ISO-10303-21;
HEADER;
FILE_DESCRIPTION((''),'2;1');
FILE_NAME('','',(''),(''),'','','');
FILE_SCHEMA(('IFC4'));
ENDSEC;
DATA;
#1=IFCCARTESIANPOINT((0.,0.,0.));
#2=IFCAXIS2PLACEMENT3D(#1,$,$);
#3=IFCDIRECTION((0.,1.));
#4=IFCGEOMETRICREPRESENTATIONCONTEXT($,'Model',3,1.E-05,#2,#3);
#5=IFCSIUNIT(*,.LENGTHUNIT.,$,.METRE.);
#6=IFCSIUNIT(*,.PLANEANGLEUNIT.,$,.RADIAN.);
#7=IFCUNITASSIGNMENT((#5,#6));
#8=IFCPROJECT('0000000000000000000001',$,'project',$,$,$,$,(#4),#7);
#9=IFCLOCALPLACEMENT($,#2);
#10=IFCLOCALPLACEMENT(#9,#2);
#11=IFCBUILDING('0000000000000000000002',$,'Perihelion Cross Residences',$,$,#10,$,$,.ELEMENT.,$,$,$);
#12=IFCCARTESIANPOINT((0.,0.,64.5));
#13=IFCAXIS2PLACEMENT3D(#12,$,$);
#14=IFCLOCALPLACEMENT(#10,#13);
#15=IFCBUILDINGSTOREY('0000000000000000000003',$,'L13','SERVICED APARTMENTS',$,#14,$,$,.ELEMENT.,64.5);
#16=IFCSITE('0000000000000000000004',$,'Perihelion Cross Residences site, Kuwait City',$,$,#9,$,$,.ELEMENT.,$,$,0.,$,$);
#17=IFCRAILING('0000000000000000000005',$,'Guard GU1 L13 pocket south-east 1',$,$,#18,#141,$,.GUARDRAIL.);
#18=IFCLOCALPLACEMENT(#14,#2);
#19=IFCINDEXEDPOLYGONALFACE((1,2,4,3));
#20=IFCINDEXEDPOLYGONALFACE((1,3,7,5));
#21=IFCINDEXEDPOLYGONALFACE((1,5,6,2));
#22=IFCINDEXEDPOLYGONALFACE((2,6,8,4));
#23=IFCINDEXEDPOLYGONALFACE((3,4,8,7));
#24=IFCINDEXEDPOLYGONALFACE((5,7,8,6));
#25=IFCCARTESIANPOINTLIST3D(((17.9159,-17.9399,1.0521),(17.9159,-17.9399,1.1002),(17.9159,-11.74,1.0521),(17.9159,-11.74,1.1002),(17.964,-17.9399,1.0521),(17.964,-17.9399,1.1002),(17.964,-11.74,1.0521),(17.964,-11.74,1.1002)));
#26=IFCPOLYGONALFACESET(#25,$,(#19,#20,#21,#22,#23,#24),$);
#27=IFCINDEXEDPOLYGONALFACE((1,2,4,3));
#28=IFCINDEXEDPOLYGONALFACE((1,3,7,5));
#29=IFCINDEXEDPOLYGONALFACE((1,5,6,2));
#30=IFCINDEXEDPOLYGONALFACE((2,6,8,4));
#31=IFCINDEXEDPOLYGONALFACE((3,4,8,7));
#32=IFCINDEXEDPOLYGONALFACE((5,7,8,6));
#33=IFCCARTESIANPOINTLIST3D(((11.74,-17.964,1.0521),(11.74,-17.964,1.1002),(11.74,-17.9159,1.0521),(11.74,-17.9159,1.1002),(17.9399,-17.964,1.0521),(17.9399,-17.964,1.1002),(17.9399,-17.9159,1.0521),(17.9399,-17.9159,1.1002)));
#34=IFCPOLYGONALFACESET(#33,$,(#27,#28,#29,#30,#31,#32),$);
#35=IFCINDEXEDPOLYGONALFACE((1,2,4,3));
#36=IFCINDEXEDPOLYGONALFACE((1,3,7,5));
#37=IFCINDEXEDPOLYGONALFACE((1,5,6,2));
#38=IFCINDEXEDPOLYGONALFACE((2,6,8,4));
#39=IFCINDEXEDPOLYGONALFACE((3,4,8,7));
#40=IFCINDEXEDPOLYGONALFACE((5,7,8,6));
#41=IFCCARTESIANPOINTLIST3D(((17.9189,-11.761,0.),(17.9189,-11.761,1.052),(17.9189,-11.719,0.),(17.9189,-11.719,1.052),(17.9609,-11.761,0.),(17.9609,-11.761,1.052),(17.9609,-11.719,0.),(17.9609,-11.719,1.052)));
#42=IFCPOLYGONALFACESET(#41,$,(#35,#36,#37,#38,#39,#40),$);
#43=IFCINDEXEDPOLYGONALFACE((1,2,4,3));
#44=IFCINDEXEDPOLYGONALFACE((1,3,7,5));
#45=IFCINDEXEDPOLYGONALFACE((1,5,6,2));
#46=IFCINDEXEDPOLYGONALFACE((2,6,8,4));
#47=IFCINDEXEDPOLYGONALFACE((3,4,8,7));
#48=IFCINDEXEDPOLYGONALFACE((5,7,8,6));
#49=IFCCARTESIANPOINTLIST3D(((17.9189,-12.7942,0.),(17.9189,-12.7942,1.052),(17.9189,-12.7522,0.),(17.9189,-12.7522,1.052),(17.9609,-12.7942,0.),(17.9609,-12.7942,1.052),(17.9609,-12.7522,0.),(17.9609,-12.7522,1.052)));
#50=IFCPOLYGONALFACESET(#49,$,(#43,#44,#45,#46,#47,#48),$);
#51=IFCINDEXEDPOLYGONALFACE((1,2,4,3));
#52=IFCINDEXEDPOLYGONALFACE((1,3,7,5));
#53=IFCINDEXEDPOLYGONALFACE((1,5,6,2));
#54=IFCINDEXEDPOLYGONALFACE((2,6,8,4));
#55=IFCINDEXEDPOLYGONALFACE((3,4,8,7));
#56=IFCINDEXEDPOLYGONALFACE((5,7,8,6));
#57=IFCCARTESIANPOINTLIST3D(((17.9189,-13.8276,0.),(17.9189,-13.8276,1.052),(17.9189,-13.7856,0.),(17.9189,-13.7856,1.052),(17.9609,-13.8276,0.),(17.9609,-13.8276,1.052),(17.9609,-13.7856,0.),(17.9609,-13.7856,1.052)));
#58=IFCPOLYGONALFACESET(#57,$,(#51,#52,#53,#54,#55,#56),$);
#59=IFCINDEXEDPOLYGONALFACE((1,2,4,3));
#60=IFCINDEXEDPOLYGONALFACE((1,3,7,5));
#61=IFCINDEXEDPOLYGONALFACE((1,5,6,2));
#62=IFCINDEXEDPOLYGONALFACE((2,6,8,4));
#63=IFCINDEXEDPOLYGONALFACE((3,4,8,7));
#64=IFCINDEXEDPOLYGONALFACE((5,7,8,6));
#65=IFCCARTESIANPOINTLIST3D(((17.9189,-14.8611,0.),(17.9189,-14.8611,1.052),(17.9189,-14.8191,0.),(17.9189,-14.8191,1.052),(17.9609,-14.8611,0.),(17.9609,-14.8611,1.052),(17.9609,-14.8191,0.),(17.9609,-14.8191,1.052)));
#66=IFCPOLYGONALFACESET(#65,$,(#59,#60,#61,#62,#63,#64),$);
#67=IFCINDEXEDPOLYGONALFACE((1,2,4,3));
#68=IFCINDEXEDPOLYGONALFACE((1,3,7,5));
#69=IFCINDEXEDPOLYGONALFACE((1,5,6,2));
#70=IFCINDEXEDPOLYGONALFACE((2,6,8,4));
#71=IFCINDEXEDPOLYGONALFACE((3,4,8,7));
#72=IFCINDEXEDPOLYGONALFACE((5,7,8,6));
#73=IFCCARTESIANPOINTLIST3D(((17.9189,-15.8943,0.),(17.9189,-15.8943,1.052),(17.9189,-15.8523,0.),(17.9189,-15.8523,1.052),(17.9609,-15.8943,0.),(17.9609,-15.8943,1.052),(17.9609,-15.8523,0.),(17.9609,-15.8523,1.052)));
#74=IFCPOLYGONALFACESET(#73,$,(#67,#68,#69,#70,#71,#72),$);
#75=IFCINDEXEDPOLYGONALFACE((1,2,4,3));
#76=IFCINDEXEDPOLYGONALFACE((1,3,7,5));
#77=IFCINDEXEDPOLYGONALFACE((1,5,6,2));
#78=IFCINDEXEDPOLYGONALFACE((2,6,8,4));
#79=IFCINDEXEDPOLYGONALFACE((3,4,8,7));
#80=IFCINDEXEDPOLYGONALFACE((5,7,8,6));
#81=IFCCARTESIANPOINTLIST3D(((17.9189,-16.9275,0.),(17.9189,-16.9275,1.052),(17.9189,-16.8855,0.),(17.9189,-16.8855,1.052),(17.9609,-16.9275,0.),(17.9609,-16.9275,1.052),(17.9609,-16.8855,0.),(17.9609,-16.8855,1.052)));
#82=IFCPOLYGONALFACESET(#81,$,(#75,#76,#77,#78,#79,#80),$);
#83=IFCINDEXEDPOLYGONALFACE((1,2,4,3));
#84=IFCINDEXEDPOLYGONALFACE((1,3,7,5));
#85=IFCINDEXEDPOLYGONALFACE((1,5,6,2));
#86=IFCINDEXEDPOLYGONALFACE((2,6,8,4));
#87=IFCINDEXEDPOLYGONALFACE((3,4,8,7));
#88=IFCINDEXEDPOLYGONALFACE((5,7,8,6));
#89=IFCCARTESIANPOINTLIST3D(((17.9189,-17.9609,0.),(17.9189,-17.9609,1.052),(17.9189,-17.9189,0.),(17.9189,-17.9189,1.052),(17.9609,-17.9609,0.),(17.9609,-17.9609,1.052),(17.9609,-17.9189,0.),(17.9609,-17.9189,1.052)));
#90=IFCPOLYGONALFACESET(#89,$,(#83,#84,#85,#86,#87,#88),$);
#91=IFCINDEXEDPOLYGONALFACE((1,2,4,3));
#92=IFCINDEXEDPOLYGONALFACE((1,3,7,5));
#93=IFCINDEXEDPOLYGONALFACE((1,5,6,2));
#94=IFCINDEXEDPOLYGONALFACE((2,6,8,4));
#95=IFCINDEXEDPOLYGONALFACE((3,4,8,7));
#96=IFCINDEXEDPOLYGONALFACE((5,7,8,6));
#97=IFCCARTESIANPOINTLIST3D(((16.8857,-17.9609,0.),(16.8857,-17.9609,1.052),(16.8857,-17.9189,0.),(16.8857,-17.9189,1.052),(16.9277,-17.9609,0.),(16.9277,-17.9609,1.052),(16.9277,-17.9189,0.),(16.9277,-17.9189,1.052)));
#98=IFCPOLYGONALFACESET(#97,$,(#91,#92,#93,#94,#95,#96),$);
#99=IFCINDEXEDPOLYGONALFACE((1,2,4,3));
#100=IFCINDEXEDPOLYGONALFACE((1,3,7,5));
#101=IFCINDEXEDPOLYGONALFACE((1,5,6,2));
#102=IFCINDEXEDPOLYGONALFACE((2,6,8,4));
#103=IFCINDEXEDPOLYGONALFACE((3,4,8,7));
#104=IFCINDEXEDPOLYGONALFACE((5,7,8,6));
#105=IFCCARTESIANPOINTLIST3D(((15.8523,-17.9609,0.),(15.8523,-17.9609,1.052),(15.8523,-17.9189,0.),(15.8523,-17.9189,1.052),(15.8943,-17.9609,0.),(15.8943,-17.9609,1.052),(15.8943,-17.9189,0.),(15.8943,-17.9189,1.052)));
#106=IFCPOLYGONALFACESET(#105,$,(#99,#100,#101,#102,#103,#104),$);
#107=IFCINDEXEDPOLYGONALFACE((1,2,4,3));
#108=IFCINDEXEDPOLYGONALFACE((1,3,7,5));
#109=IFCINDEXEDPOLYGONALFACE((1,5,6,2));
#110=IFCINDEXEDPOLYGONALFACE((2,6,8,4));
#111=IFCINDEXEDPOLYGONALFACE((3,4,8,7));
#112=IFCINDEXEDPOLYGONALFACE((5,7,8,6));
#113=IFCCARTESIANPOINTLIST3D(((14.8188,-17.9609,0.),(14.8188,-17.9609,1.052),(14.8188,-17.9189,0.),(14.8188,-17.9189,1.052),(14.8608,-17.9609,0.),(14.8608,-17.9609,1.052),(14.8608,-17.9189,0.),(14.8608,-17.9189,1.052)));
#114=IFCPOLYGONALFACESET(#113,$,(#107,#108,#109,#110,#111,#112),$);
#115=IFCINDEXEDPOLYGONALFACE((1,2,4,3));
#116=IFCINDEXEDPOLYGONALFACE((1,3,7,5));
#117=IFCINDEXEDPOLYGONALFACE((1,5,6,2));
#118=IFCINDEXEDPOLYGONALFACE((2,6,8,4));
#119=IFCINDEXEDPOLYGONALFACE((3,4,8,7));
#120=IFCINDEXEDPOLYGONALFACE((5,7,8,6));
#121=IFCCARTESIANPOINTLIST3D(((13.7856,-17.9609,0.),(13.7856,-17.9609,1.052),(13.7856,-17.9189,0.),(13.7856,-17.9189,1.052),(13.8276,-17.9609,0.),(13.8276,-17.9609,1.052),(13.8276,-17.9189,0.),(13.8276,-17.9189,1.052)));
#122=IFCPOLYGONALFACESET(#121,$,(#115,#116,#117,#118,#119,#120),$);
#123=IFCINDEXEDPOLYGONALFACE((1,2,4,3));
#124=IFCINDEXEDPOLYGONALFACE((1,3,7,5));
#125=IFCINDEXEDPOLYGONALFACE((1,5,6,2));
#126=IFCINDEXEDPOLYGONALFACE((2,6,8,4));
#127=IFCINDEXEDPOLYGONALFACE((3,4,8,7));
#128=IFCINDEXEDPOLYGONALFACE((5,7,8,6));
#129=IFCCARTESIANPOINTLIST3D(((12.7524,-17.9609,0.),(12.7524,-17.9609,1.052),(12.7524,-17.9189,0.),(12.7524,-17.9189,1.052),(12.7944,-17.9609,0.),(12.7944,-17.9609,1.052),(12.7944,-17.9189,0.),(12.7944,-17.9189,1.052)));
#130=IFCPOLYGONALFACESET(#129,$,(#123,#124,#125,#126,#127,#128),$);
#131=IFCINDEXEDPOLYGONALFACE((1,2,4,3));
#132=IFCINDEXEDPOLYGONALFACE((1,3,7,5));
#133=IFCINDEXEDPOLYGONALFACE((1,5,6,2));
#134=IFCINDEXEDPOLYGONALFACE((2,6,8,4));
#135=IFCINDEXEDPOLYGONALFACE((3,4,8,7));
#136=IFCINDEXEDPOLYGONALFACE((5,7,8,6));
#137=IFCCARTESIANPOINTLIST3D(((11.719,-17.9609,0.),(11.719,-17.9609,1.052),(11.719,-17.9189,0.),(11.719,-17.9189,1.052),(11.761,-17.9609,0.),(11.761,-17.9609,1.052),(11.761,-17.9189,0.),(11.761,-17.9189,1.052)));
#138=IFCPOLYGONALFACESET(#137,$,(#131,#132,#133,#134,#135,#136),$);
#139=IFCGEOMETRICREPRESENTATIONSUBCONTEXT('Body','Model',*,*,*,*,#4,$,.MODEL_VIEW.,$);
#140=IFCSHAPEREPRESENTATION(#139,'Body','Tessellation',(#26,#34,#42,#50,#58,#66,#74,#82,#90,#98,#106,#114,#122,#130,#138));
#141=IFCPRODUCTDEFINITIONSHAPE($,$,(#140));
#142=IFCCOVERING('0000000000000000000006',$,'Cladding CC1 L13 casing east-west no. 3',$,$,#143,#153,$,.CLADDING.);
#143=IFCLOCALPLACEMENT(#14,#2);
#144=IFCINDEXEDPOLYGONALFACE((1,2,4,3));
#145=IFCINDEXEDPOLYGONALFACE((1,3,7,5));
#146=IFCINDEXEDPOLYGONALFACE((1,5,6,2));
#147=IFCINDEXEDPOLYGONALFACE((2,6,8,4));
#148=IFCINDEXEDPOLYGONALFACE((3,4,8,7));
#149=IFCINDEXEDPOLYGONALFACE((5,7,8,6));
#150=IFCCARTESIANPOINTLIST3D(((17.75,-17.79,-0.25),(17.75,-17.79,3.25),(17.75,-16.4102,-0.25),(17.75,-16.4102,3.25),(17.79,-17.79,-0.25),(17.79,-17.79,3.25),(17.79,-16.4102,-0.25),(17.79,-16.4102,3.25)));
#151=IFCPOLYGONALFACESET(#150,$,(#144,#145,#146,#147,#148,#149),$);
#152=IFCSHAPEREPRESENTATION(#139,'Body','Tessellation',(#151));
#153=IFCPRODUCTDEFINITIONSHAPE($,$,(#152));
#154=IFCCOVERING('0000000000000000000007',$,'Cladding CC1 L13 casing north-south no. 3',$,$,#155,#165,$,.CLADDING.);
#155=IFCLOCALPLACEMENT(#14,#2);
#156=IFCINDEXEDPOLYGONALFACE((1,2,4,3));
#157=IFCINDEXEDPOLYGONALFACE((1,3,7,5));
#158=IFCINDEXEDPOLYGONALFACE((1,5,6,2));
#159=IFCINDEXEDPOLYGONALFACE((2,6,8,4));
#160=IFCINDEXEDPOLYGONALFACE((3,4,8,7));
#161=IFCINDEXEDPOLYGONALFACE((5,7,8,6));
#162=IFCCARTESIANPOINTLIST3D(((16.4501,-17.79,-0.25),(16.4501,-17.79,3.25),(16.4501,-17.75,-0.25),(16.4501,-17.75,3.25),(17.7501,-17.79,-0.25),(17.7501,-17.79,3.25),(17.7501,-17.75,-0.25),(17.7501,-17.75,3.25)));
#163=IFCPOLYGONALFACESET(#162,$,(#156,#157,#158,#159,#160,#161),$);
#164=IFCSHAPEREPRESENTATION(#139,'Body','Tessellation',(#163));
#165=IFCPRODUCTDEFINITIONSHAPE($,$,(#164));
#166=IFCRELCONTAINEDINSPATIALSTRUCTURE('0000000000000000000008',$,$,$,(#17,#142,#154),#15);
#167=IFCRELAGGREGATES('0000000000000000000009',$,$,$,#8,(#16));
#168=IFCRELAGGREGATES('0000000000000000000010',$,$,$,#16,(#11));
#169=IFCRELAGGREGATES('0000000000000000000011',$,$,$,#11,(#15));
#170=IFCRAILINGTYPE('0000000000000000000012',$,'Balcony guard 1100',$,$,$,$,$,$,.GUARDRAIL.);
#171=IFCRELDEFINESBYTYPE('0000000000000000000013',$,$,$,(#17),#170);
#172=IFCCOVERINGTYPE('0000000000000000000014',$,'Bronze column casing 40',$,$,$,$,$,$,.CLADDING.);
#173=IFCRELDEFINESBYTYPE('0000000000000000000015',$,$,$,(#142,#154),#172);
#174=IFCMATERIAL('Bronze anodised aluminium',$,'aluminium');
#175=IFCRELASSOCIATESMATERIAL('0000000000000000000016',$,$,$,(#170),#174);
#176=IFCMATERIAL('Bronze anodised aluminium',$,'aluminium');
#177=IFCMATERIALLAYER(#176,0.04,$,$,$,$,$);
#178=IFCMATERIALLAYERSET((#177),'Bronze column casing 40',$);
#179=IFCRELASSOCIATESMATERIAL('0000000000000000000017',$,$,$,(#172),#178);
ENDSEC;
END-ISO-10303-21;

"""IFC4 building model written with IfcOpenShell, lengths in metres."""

from ifc_helpers import new_model, si_unit, direction, frame, origin, origin_2d, place, context, subcontext, project, spatial, rectangle, extrude, material, layer, layer_set, type_object, element, save


model = new_model("IFC4")

# Units and contexts
model_context = context("Model", 3, precision=1e-05, world=origin(), true_north=direction((0.0, 1.0)))
body_context = subcontext(model_context, "Body", "Model", "MODEL_VIEW")
ifc_project = project(units=[si_unit("LENGTHUNIT", "METRE"), si_unit("PLANEANGLEUNIT", "RADIAN")], contexts=[model_context])

# Site, building, storey
site_placement = place(None, origin())
site = spatial("IfcSite", under=ifc_project, at=site_placement, Name="Perihelion Cross Residences site, Kuwait City", CompositionType="ELEMENT", RefElevation=0.0)
building_placement = place(site_placement, origin())
building = spatial("IfcBuilding", under=site, at=building_placement, Name="Perihelion Cross Residences", CompositionType="ELEMENT")
storey_placement = place(building_placement, frame((0.0, 0.0, 64.5)))
storey = spatial("IfcBuildingStorey", under=building, at=storey_placement, Name="L13", Description="SERVICED APARTMENTS", CompositionType="ELEMENT", Elevation=64.5)

# Railing
ifc_material_1 = material(Name="Bronze anodised aluminium", Category="aluminium")
railing_type = type_object("IfcRailingType", Name="Balcony guard 1100", PredefinedType="GUARDRAIL", material=ifc_material_1)
railing_1_placement = place(storey_placement, frame((17.9399, -11.74, 0.0)))
element("IfcRailing", 1, at=railing_1_placement, inside=storey, type_object=railing_type, Name="Guard GU1 L13 pocket south-east 1", PredefinedType="GUARDRAIL", context=body_context, shape_type="SweptSolid", body=[
    extrude(rectangle(XDim=0.0481, YDim=0.0481, at=origin_2d()), frame((0.0, 0.0, 1.0762), z_axis=(0.0, -1.0, 0.0), x_axis=(1.0, 0.0, 0.0)), (0.0, 0.0, 1.0), 6.2),
    extrude(rectangle(XDim=0.0481, YDim=0.0481, at=origin_2d()), frame((0.0, -6.2, 1.0762), z_axis=(-1.0, 0.0, 0.0), x_axis=(0.0, -1.0, 0.0)), (0.0, 0.0, 1.0), 6.2),
    extrude(rectangle(XDim=0.042, YDim=0.042, at=origin_2d()), origin(), (0.0, 0.0, 1.0), 1.052),
    extrude(rectangle(XDim=0.042, YDim=0.042, at=origin_2d()), frame((0.0, -1.0332, 0.0)), (0.0, 0.0, 1.0), 1.052),
    extrude(rectangle(XDim=0.042, YDim=0.042, at=origin_2d()), frame((0.0, -2.0667, 0.0)), (0.0, 0.0, 1.0), 1.052),
    extrude(rectangle(XDim=0.042, YDim=0.042, at=origin_2d()), frame((0.0, -3.1001, 0.0)), (0.0, 0.0, 1.0), 1.052),
    extrude(rectangle(XDim=0.042, YDim=0.042, at=origin_2d()), frame((0.0, -4.1333, 0.0)), (0.0, 0.0, 1.0), 1.052),
    extrude(rectangle(XDim=0.042, YDim=0.042, at=origin_2d()), frame((0.0, -5.1665, 0.0)), (0.0, 0.0, 1.0), 1.052),
    extrude(rectangle(XDim=0.042, YDim=0.042, at=origin_2d()), frame((0.0, -6.2, 0.0)), (0.0, 0.0, 1.0), 1.052),
    extrude(rectangle(XDim=0.042, YDim=0.042, at=origin_2d()), frame((-1.0332, -6.2, 0.0)), (0.0, 0.0, 1.0), 1.052),
    extrude(rectangle(XDim=0.042, YDim=0.042, at=origin_2d()), frame((-2.0667, -6.2, 0.0)), (0.0, 0.0, 1.0), 1.052),
    extrude(rectangle(XDim=0.042, YDim=0.042, at=origin_2d()), frame((-3.1001, -6.2, 0.0)), (0.0, 0.0, 1.0), 1.052),
    extrude(rectangle(XDim=0.042, YDim=0.042, at=origin_2d()), frame((-4.1333, -6.2, 0.0)), (0.0, 0.0, 1.0), 1.052),
    extrude(rectangle(XDim=0.042, YDim=0.042, at=origin_2d()), frame((-5.1665, -6.2, 0.0)), (0.0, 0.0, 1.0), 1.052),
    extrude(rectangle(XDim=0.042, YDim=0.042, at=origin_2d()), frame((-6.2, -6.2, 0.0)), (0.0, 0.0, 1.0), 1.052),
])

# Coverings
ifc_material_2 = material(Name="Bronze anodised aluminium", Category="aluminium")
ifc_layer_1 = layer(ifc_material_2, 0.04)
ifc_layer_set_1 = layer_set([ifc_layer_1], Name="Bronze column casing 40")
covering_type = type_object("IfcCoveringType", Name="Bronze column casing 40", PredefinedType="CLADDING", material=ifc_layer_set_1)
covering_1_placement = place(storey_placement, frame((17.77, -17.1001, -0.25), z_axis=(0.0, 0.0, 1.0), x_axis=(1.0, 0.0, 0.0)))
element("IfcCovering", 2, at=covering_1_placement, inside=storey, type_object=covering_type, Name="Cladding CC1 L13 casing east-west no. 3", PredefinedType="CLADDING", context=body_context, shape_type="SweptSolid", body=[
    extrude(rectangle(XDim=0.04, YDim=1.3799, at=origin_2d()), origin(), (0.0, 0.0, 1.0), 3.5),
])
covering_2_placement = place(storey_placement, frame((17.1001, -17.77, -0.25), z_axis=(0.0, 0.0, 1.0), x_axis=(1.0, 0.0, 0.0)))
element("IfcCovering", 3, at=covering_2_placement, inside=storey, type_object=covering_type, Name="Cladding CC1 L13 casing north-south no. 3", PredefinedType="CLADDING", context=body_context, shape_type="SweptSolid", body=[
    extrude(rectangle(XDim=1.3, YDim=0.04, at=origin_2d()), origin(), (0.0, 0.0, 1.0), 3.5),
])

save(model, "model.ifc")
